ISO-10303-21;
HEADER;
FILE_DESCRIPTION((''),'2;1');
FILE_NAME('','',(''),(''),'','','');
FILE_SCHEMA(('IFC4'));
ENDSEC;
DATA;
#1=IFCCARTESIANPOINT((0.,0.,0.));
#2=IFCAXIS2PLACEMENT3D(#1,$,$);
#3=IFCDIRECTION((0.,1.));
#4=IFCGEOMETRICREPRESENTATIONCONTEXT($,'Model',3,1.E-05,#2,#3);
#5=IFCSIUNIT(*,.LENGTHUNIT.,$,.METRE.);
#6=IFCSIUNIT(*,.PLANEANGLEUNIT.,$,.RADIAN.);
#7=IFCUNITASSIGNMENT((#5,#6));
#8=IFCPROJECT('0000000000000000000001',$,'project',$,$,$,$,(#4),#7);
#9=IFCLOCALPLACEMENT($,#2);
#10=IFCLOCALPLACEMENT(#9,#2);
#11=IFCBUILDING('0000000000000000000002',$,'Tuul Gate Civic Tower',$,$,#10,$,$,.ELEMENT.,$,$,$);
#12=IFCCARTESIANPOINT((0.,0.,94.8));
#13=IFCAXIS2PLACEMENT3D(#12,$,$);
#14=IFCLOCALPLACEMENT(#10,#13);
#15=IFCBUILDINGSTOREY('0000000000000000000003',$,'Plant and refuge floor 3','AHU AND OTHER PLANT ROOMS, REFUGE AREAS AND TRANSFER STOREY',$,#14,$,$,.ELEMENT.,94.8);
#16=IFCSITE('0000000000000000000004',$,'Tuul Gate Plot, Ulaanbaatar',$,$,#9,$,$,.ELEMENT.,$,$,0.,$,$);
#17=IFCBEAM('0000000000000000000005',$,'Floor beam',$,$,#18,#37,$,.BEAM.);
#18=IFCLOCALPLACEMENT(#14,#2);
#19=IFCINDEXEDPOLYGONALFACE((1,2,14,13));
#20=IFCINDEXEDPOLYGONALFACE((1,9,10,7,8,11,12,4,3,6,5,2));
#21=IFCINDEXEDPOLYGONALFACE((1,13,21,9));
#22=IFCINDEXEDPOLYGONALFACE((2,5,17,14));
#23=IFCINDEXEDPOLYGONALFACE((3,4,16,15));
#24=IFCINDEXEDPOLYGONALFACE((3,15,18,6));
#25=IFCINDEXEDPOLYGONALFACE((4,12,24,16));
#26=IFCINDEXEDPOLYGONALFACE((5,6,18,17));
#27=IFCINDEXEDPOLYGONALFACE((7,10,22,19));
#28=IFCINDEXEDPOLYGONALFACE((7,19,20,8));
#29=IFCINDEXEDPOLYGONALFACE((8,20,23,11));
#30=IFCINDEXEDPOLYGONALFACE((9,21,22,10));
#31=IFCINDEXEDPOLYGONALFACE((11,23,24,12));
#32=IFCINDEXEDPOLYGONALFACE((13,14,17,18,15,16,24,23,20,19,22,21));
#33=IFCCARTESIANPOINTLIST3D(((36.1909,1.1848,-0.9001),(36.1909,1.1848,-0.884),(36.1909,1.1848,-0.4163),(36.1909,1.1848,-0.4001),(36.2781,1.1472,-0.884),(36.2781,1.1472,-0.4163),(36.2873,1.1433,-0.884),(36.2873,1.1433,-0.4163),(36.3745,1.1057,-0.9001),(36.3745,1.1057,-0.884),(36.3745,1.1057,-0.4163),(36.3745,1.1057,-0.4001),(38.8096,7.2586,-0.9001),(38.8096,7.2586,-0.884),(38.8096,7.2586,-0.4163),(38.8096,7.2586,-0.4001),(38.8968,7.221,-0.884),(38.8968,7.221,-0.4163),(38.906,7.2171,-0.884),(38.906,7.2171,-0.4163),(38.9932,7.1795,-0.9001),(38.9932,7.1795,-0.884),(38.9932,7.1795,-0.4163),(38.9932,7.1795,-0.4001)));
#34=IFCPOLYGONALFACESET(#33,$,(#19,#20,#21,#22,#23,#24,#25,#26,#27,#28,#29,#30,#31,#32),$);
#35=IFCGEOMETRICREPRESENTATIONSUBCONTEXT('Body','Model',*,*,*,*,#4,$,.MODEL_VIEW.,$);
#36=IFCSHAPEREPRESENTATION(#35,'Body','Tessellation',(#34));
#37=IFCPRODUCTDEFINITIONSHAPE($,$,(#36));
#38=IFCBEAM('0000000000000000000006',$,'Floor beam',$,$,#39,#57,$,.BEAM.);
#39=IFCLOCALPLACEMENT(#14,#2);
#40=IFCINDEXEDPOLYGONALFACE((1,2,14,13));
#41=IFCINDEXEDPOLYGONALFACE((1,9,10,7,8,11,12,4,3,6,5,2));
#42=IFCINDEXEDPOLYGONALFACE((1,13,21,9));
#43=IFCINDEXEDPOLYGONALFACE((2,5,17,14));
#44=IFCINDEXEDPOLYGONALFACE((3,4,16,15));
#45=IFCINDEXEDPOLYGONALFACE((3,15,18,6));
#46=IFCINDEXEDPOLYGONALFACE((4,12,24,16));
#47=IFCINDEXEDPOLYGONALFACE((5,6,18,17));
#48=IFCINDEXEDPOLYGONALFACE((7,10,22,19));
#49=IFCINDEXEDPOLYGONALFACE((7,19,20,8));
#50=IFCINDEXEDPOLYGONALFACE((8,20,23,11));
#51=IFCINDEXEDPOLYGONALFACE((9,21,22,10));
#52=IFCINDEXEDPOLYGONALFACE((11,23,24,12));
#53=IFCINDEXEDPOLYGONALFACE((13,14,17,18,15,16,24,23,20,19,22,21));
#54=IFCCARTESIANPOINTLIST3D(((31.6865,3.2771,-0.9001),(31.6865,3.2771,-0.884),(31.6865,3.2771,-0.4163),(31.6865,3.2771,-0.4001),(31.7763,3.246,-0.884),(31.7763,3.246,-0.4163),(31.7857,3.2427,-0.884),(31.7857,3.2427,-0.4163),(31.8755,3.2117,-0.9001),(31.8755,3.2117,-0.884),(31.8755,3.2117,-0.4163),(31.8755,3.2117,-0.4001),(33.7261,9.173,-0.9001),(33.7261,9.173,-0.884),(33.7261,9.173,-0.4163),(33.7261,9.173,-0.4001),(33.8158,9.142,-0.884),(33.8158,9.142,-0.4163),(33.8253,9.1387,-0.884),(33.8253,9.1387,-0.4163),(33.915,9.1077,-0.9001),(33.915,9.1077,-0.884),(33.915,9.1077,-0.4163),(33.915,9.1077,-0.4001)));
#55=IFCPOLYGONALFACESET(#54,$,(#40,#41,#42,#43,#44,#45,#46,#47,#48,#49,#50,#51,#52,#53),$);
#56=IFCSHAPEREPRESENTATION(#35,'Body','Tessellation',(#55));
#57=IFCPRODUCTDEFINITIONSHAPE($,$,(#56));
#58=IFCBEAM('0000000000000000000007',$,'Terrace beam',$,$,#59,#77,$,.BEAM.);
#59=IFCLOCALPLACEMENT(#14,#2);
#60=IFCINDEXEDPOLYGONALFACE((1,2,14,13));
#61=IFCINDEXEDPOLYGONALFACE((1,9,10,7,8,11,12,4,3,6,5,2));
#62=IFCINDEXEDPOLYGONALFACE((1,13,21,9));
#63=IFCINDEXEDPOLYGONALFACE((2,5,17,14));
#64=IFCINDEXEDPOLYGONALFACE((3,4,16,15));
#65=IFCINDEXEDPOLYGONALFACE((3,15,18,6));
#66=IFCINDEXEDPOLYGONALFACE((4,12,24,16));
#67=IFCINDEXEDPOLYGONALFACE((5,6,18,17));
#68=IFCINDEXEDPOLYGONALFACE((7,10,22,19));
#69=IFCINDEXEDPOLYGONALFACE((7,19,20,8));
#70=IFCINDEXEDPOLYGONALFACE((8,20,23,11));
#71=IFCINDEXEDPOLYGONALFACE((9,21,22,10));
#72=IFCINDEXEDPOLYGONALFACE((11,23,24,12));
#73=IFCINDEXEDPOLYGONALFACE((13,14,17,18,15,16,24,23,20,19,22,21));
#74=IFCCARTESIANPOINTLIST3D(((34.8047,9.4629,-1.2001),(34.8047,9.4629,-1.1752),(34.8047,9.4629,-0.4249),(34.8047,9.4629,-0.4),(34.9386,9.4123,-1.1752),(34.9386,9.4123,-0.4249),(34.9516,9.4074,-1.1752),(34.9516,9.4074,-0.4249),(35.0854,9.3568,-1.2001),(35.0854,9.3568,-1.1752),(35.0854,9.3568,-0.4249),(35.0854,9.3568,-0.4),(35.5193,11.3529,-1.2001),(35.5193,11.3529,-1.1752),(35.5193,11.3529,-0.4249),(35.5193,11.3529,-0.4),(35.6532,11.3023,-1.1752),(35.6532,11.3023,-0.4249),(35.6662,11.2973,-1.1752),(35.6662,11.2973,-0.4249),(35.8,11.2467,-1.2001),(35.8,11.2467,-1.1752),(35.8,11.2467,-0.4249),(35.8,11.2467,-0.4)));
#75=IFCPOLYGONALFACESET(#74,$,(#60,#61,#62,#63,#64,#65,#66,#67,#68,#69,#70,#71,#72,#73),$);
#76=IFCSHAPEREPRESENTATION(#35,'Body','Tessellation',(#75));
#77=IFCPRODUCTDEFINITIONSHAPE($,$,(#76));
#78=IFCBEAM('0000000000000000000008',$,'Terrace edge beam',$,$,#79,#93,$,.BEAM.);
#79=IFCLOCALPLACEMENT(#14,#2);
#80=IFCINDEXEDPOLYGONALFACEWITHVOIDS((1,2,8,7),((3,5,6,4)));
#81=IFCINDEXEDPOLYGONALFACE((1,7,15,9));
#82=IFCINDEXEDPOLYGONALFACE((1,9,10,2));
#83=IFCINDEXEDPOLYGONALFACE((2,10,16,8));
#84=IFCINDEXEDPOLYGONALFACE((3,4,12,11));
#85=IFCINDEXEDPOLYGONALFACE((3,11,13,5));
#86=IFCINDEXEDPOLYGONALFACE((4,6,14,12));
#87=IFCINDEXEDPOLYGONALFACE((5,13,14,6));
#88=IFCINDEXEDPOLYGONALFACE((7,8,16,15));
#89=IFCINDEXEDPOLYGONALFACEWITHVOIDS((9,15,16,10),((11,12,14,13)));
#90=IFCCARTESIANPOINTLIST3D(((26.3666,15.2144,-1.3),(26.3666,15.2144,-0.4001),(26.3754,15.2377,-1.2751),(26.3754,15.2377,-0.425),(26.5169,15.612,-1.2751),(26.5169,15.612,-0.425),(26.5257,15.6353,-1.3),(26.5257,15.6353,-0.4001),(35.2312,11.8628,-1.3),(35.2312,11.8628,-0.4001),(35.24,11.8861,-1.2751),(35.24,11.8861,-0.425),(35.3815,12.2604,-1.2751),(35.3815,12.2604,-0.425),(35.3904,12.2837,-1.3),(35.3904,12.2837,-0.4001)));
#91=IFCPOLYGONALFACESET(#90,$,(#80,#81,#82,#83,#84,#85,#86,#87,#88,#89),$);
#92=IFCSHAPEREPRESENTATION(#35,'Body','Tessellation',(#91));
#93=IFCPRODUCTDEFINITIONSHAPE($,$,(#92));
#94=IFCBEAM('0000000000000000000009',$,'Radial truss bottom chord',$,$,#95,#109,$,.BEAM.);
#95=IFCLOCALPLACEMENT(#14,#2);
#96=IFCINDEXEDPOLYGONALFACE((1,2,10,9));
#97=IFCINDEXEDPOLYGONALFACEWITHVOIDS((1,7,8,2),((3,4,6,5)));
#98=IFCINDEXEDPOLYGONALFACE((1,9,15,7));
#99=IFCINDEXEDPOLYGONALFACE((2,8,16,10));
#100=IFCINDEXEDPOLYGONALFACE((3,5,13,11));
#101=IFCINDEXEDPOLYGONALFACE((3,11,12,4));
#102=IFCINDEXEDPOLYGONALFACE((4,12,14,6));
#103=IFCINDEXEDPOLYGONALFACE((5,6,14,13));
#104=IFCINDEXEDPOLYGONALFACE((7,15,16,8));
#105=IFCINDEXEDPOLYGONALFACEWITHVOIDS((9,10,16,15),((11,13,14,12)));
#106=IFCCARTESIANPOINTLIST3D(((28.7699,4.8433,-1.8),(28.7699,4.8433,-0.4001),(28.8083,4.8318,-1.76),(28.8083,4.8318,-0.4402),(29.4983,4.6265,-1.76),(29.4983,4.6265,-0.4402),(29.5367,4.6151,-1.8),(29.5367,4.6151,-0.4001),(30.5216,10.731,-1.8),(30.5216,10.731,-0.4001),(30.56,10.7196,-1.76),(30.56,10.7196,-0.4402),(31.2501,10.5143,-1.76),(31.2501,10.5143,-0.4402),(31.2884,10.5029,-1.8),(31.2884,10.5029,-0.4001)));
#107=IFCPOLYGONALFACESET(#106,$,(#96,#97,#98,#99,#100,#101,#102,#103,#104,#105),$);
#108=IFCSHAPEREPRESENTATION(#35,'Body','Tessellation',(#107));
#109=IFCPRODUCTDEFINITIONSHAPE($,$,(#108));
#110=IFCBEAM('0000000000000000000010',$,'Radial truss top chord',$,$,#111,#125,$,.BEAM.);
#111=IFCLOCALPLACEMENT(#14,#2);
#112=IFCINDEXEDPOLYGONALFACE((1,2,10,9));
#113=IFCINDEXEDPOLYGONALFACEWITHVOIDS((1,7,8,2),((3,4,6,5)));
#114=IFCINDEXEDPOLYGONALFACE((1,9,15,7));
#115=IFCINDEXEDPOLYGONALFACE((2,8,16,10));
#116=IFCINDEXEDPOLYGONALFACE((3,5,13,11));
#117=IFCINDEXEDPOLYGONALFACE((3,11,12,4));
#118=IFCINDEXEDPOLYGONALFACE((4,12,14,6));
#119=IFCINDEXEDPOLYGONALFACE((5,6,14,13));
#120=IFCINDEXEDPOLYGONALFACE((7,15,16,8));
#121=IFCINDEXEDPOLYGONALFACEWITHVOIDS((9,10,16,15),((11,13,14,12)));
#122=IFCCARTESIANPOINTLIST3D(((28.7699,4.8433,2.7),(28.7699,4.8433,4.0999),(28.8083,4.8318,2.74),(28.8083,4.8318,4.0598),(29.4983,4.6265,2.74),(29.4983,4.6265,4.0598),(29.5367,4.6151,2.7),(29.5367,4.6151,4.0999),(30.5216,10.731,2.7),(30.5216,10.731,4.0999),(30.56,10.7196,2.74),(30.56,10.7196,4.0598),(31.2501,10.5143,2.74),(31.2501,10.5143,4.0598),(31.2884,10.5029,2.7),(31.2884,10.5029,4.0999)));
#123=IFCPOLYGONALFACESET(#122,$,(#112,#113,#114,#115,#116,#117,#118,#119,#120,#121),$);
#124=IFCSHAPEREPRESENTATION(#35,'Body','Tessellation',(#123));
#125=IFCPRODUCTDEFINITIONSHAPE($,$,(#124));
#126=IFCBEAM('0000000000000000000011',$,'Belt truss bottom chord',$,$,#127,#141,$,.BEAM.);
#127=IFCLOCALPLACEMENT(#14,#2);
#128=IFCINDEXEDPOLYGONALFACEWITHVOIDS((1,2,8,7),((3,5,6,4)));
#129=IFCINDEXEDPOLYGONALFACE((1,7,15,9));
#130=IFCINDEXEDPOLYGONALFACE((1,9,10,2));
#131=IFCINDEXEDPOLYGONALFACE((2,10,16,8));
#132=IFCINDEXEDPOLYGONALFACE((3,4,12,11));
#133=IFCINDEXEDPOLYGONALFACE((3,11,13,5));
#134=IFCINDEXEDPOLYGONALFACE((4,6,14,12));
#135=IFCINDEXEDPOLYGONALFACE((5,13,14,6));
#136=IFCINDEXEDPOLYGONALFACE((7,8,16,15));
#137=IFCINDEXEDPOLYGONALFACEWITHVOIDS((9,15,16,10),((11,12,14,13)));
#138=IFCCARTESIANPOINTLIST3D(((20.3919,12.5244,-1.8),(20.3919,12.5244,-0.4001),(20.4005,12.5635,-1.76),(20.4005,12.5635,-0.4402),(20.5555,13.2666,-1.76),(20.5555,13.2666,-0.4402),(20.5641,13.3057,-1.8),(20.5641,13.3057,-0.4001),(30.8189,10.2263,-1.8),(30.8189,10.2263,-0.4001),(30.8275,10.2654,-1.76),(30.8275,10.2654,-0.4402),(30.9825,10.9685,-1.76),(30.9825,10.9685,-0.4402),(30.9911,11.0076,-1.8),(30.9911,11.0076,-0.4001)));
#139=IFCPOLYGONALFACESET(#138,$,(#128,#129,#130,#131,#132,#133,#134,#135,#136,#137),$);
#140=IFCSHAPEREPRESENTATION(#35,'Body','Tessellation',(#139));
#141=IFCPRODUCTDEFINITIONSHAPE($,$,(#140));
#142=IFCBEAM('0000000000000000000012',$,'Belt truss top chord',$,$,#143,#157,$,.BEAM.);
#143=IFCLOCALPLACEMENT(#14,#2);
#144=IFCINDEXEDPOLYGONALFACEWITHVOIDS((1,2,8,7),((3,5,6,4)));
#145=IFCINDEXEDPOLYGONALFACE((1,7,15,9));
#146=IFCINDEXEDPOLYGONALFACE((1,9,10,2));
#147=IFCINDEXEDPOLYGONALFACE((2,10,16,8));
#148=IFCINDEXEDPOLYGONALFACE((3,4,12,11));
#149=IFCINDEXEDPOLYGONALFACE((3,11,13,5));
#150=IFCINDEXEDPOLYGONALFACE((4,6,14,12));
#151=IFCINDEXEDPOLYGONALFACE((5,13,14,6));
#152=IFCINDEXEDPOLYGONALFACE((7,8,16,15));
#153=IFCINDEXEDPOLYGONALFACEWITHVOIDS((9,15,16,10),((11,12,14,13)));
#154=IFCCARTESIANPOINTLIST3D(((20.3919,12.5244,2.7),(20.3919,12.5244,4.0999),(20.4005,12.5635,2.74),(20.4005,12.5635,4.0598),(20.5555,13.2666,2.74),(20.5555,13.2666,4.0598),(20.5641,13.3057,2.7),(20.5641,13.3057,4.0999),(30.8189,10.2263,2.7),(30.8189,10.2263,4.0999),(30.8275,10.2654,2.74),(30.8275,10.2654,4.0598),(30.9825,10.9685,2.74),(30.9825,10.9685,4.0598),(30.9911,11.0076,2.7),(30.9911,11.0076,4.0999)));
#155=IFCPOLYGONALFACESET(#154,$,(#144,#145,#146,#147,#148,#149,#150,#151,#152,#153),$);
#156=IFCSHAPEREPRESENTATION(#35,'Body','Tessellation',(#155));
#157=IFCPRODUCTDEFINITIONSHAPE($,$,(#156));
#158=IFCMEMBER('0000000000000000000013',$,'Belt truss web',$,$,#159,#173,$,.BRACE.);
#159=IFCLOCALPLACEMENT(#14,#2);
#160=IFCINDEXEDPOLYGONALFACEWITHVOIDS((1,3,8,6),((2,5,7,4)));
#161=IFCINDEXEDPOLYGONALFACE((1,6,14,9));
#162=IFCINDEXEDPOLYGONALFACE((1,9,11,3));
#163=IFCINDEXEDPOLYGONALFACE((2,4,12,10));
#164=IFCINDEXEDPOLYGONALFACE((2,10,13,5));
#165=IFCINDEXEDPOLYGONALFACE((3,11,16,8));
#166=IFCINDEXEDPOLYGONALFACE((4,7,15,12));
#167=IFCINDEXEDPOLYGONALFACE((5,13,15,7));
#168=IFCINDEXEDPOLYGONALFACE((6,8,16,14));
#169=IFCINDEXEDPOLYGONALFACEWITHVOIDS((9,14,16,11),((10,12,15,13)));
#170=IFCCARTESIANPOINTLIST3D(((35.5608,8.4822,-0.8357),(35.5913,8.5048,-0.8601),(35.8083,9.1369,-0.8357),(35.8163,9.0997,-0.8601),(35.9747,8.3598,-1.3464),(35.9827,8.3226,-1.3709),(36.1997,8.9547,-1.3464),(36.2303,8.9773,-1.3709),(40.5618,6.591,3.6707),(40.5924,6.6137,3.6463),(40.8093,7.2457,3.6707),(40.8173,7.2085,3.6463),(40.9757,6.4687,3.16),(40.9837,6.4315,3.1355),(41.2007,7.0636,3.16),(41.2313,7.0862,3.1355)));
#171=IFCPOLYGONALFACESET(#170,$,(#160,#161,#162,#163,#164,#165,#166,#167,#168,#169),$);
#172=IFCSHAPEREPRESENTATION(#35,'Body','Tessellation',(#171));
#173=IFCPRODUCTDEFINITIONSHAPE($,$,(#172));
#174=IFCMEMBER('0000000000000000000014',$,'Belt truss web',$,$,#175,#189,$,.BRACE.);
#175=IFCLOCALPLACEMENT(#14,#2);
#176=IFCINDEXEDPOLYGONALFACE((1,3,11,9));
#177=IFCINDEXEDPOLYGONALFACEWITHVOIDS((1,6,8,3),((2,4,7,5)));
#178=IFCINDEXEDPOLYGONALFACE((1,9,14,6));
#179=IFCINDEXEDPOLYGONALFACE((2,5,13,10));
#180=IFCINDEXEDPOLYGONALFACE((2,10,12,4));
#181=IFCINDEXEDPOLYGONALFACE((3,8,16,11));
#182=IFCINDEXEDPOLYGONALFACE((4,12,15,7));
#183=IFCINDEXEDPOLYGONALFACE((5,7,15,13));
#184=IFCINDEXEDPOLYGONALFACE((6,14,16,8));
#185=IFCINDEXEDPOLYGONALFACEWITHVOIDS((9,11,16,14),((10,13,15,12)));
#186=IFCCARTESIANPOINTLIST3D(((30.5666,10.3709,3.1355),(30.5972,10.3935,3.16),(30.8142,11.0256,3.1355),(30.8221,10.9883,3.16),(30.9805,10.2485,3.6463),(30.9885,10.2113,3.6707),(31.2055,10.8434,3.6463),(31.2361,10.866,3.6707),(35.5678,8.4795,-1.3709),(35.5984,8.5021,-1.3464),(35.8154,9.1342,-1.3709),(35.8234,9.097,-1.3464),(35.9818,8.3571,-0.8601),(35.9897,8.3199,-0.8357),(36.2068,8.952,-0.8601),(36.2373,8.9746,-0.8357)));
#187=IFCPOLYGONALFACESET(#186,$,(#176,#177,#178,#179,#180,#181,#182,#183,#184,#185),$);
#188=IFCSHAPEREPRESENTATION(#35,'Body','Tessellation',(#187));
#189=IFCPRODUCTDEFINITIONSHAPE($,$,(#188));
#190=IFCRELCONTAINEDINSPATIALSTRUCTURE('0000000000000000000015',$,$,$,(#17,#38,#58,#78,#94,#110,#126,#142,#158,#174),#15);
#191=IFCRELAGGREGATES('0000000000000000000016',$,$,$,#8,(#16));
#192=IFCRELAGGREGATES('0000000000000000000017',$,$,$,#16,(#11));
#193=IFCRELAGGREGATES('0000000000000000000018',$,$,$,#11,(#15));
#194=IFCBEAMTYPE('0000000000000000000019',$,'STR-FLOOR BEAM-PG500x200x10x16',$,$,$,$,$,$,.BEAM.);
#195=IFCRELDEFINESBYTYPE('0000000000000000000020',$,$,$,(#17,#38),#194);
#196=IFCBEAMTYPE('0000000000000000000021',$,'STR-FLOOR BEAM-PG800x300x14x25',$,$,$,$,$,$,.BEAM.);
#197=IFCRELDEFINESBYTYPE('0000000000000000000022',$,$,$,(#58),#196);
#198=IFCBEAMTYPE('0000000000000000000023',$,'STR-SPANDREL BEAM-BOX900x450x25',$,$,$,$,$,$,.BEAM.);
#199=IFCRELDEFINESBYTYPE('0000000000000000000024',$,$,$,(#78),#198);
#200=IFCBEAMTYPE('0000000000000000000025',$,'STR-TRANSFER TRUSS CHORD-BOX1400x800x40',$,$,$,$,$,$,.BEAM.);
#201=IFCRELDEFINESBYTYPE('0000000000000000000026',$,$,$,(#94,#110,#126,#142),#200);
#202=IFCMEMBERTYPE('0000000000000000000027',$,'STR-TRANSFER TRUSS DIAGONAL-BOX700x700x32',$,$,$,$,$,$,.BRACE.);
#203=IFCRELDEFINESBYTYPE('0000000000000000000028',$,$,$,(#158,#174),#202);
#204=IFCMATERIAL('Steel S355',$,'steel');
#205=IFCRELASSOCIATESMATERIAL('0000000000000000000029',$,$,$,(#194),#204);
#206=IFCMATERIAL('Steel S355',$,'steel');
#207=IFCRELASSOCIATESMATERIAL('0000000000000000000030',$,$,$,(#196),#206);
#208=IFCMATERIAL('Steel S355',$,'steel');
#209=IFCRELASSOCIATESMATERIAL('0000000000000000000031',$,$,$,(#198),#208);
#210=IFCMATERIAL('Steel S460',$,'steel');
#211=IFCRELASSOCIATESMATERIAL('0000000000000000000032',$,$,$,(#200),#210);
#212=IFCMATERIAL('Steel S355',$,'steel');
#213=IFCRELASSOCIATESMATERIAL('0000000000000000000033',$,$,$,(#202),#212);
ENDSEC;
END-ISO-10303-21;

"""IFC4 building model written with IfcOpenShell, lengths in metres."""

from ifc_helpers import new_model, si_unit, direction, frame, origin, origin_2d, place, context, subcontext, project, spatial, hollow_rectangle, i_section, extrude, material, material_profile, profile_set, type_object, element, save


model = new_model("IFC4")

# Units and contexts
model_context = context("Model", 3, precision=1e-05, world=origin(), true_north=direction((0.0, 1.0)))
body_context = subcontext(model_context, "Body", "Model", "MODEL_VIEW")
ifc_project = project(units=[si_unit("LENGTHUNIT", "METRE"), si_unit("PLANEANGLEUNIT", "RADIAN")], contexts=[model_context])

# Site, building, storey
site_placement = place(None, origin())
site = spatial("IfcSite", under=ifc_project, at=site_placement, Name="Tuul Gate Plot, Ulaanbaatar", CompositionType="ELEMENT", RefElevation=0.0)
building_placement = place(site_placement, origin())
building = spatial("IfcBuilding", under=site, at=building_placement, Name="Tuul Gate Civic Tower", CompositionType="ELEMENT")
storey_placement = place(building_placement, frame((0.0, 0.0, 94.8)))
storey = spatial("IfcBuildingStorey", under=building, at=storey_placement, Name="Plant and refuge floor 3", Description="AHU AND OTHER PLANT ROOMS, REFUGE AREAS AND TRANSFER STOREY", CompositionType="ELEMENT", Elevation=94.8)

# Beams
ifc_material_1 = material(Name="Steel S355", Category="steel")
ifc_material_profile_1 = material_profile(ifc_material_1, i_section(OverallWidth=0.2, OverallDepth=0.5, WebThickness=0.01, FlangeThickness=0.0161, at=origin_2d()), Name="PG500x200x10x16")
ifc_profile_set_1 = profile_set([ifc_material_profile_1], Name="Steel S355")
beam_type_1 = type_object("IfcBeamType", Name="STR-FLOOR BEAM-PG500x200x10x16", PredefinedType="BEAM", material=ifc_profile_set_1)
beam_1_placement = place(storey_placement, frame((36.2827, 1.1453, -0.6501), z_axis=(0.395914, 0.918288, 0.0), x_axis=(-0.918288, 0.395914, 0.0)))
element("IfcBeam", 1, at=beam_1_placement, inside=storey, type_object=beam_type_1, Name="Floor beam", PredefinedType="BEAM", context=body_context, shape_type="SweptSolid", body=[
    extrude(i_section(OverallWidth=0.2, OverallDepth=0.5, WebThickness=0.01, FlangeThickness=0.0161, at=origin_2d()), origin(), (0.0, 0.0, 1.0), 6.6143),
])
beam_2_placement = place(storey_placement, frame((31.781, 3.2444, -0.6501), z_axis=(0.326914, 0.945054, 0.0), x_axis=(-0.945054, 0.326914, 0.0)))
element("IfcBeam", 2, at=beam_2_placement, inside=storey, type_object=beam_type_1, Name="Floor beam", PredefinedType="BEAM", context=body_context, shape_type="SweptSolid", body=[
    extrude(i_section(OverallWidth=0.2, OverallDepth=0.5, WebThickness=0.01, FlangeThickness=0.0161, at=origin_2d()), origin(), (0.0, 0.0, 1.0), 6.2388),
])
ifc_material_2 = material(Name="Steel S355", Category="steel")
ifc_material_profile_2 = material_profile(ifc_material_2, i_section(OverallWidth=0.3, OverallDepth=0.8, WebThickness=0.0139, FlangeThickness=0.0249, at=origin_2d()), Name="PG800x300x14x25")
ifc_profile_set_2 = profile_set([ifc_material_profile_2], Name="Steel S355")
beam_type_2 = type_object("IfcBeamType", Name="STR-FLOOR BEAM-PG800x300x14x25", PredefinedType="BEAM", material=ifc_profile_set_2)
beam_3_placement = place(storey_placement, frame((35.6597, 11.2998, -0.8), z_axis=(-0.353678, -0.935367, 0.0), x_axis=(0.935367, -0.353678, 0.0)))
element("IfcBeam", 3, at=beam_3_placement, inside=storey, type_object=beam_type_2, Name="Terrace beam", PredefinedType="BEAM", context=body_context, shape_type="SweptSolid", body=[
    extrude(i_section(OverallWidth=0.3, OverallDepth=0.8, WebThickness=0.0139, FlangeThickness=0.0249, at=origin_2d()), origin(), (0.0, 0.0, 1.0), 2.0205),
])
ifc_material_3 = material(Name="Steel S355", Category="steel")
ifc_material_profile_3 = material_profile(ifc_material_3, hollow_rectangle(XDim=0.45, YDim=0.8999, WallThickness=0.0249, at=origin_2d()), Name="BOX900x450x25")
ifc_profile_set_3 = profile_set([ifc_material_profile_3], Name="Steel S355")
beam_type_3 = type_object("IfcBeamType", Name="STR-SPANDREL BEAM-BOX900x450x25", PredefinedType="BEAM", material=ifc_profile_set_3)
beam_4_placement = place(storey_placement, frame((35.3108, 12.0732, -0.8501), z_axis=(-0.935376, 0.353655, 0.0), x_axis=(-0.353655, -0.935376, 0.0)))
element("IfcBeam", 4, at=beam_4_placement, inside=storey, type_object=beam_type_3, Name="Terrace edge beam", PredefinedType="BEAM", context=body_context, shape_type="SweptSolid", body=[
    extrude(hollow_rectangle(XDim=0.45, YDim=0.8999, WallThickness=0.0249, at=origin_2d()), origin(), (0.0, 0.0, 1.0), 9.4771),
])
ifc_material_4 = material(Name="Steel S460", Category="steel")
ifc_material_profile_4 = material_profile(ifc_material_4, hollow_rectangle(XDim=0.8, YDim=1.3999, WallThickness=0.04, at=origin_2d()), Name="BOX1400x800x40")
ifc_profile_set_4 = profile_set([ifc_material_profile_4], Name="Steel S460")
beam_type_4 = type_object("IfcBeamType", Name="STR-TRANSFER TRUSS CHORD-BOX1400x800x40", PredefinedType="BEAM", material=ifc_profile_set_4)
for number, where, z_axis, x_axis, name in (
    (5, (30.905, 10.6169, -1.1001), (-0.285167, -0.958478, 0.0), (0.958478, -0.285167, 0.0), "Radial truss bottom chord"),
    (6, (30.905, 10.6169, 3.3999), (-0.285167, -0.958478, 0.0), (0.958478, -0.285167, 0.0), "Radial truss top chord"),
):
    element("IfcBeam", number, at=place(storey_placement, frame(where, z_axis=z_axis, x_axis=x_axis)), inside=storey, type_object=beam_type_4, Name=name, PredefinedType="BEAM", context=body_context, shape_type="SweptSolid", body=[
        extrude(hollow_rectangle(XDim=0.8, YDim=1.3999, WallThickness=0.04, at=origin_2d()), origin(), (0.0, 0.0, 1.0), 6.1428),
    ])
for number, where, z_axis, x_axis, name in (
    (7, (30.905, 10.6169, -1.1001), (-0.976563, 0.215233, 0.0), (-0.215233, -0.976563, 0.0), "Belt truss bottom chord"),
    (8, (30.905, 10.6169, 3.3999), (-0.976563, 0.215233, 0.0), (-0.215233, -0.976563, 0.0), "Belt truss top chord"),
):
    element("IfcBeam", number, at=place(storey_placement, frame(where, z_axis=z_axis, x_axis=x_axis)), inside=storey, type_object=beam_type_4, Name=name, PredefinedType="BEAM", context=body_context, shape_type="SweptSolid", body=[
        extrude(hollow_rectangle(XDim=0.8, YDim=1.3999, WallThickness=0.04, at=origin_2d()), origin(), (0.0, 0.0, 1.0), 10.6772),
    ])

# Members
ifc_material_5 = material(Name="Steel S355", Category="steel")
ifc_material_profile_5 = material_profile(ifc_material_5, hollow_rectangle(XDim=0.7, YDim=0.7, WallThickness=0.032, at=origin_2d()), Name="BOX700x700x32")
ifc_profile_set_5 = profile_set([ifc_material_profile_5], Name="Steel S355")
member_type_1 = type_object("IfcMemberType", Name="STR-TRANSFER TRUSS DIAGONAL-BOX700x700x32", PredefinedType="BRACE", material=ifc_profile_set_5)
member_1_placement = place(storey_placement, frame((35.8955, 8.7297, -1.1033), z_axis=(0.715205, -0.270454, 0.644466), x_axis=(0.353704, 0.935357, 0.0)))
element("IfcMember", 9, at=member_1_placement, inside=storey, type_object=member_type_1, Name="Belt truss web", PredefinedType="BRACE", context=body_context, shape_type="SweptSolid", body=[
    extrude(hollow_rectangle(XDim=0.7, YDim=0.7, WallThickness=0.032, at=origin_2d()), origin(), (0.0, 0.0, 1.0), 6.9924),
])
member_2_placement = place(storey_placement, frame((35.9026, 8.7271, -1.1033), z_axis=(-0.715215, 0.270479, 0.644444), x_axis=(-0.353729, -0.935348, 0.0)))
element("IfcMember", 10, at=member_2_placement, inside=storey, type_object=member_type_1, Name="Belt truss web", PredefinedType="BRACE", context=body_context, shape_type="SweptSolid", body=[
    extrude(hollow_rectangle(XDim=0.7, YDim=0.7, WallThickness=0.032, at=origin_2d()), origin(), (0.0, 0.0, 1.0), 6.9927),
])

save(model, "model.ifc")
